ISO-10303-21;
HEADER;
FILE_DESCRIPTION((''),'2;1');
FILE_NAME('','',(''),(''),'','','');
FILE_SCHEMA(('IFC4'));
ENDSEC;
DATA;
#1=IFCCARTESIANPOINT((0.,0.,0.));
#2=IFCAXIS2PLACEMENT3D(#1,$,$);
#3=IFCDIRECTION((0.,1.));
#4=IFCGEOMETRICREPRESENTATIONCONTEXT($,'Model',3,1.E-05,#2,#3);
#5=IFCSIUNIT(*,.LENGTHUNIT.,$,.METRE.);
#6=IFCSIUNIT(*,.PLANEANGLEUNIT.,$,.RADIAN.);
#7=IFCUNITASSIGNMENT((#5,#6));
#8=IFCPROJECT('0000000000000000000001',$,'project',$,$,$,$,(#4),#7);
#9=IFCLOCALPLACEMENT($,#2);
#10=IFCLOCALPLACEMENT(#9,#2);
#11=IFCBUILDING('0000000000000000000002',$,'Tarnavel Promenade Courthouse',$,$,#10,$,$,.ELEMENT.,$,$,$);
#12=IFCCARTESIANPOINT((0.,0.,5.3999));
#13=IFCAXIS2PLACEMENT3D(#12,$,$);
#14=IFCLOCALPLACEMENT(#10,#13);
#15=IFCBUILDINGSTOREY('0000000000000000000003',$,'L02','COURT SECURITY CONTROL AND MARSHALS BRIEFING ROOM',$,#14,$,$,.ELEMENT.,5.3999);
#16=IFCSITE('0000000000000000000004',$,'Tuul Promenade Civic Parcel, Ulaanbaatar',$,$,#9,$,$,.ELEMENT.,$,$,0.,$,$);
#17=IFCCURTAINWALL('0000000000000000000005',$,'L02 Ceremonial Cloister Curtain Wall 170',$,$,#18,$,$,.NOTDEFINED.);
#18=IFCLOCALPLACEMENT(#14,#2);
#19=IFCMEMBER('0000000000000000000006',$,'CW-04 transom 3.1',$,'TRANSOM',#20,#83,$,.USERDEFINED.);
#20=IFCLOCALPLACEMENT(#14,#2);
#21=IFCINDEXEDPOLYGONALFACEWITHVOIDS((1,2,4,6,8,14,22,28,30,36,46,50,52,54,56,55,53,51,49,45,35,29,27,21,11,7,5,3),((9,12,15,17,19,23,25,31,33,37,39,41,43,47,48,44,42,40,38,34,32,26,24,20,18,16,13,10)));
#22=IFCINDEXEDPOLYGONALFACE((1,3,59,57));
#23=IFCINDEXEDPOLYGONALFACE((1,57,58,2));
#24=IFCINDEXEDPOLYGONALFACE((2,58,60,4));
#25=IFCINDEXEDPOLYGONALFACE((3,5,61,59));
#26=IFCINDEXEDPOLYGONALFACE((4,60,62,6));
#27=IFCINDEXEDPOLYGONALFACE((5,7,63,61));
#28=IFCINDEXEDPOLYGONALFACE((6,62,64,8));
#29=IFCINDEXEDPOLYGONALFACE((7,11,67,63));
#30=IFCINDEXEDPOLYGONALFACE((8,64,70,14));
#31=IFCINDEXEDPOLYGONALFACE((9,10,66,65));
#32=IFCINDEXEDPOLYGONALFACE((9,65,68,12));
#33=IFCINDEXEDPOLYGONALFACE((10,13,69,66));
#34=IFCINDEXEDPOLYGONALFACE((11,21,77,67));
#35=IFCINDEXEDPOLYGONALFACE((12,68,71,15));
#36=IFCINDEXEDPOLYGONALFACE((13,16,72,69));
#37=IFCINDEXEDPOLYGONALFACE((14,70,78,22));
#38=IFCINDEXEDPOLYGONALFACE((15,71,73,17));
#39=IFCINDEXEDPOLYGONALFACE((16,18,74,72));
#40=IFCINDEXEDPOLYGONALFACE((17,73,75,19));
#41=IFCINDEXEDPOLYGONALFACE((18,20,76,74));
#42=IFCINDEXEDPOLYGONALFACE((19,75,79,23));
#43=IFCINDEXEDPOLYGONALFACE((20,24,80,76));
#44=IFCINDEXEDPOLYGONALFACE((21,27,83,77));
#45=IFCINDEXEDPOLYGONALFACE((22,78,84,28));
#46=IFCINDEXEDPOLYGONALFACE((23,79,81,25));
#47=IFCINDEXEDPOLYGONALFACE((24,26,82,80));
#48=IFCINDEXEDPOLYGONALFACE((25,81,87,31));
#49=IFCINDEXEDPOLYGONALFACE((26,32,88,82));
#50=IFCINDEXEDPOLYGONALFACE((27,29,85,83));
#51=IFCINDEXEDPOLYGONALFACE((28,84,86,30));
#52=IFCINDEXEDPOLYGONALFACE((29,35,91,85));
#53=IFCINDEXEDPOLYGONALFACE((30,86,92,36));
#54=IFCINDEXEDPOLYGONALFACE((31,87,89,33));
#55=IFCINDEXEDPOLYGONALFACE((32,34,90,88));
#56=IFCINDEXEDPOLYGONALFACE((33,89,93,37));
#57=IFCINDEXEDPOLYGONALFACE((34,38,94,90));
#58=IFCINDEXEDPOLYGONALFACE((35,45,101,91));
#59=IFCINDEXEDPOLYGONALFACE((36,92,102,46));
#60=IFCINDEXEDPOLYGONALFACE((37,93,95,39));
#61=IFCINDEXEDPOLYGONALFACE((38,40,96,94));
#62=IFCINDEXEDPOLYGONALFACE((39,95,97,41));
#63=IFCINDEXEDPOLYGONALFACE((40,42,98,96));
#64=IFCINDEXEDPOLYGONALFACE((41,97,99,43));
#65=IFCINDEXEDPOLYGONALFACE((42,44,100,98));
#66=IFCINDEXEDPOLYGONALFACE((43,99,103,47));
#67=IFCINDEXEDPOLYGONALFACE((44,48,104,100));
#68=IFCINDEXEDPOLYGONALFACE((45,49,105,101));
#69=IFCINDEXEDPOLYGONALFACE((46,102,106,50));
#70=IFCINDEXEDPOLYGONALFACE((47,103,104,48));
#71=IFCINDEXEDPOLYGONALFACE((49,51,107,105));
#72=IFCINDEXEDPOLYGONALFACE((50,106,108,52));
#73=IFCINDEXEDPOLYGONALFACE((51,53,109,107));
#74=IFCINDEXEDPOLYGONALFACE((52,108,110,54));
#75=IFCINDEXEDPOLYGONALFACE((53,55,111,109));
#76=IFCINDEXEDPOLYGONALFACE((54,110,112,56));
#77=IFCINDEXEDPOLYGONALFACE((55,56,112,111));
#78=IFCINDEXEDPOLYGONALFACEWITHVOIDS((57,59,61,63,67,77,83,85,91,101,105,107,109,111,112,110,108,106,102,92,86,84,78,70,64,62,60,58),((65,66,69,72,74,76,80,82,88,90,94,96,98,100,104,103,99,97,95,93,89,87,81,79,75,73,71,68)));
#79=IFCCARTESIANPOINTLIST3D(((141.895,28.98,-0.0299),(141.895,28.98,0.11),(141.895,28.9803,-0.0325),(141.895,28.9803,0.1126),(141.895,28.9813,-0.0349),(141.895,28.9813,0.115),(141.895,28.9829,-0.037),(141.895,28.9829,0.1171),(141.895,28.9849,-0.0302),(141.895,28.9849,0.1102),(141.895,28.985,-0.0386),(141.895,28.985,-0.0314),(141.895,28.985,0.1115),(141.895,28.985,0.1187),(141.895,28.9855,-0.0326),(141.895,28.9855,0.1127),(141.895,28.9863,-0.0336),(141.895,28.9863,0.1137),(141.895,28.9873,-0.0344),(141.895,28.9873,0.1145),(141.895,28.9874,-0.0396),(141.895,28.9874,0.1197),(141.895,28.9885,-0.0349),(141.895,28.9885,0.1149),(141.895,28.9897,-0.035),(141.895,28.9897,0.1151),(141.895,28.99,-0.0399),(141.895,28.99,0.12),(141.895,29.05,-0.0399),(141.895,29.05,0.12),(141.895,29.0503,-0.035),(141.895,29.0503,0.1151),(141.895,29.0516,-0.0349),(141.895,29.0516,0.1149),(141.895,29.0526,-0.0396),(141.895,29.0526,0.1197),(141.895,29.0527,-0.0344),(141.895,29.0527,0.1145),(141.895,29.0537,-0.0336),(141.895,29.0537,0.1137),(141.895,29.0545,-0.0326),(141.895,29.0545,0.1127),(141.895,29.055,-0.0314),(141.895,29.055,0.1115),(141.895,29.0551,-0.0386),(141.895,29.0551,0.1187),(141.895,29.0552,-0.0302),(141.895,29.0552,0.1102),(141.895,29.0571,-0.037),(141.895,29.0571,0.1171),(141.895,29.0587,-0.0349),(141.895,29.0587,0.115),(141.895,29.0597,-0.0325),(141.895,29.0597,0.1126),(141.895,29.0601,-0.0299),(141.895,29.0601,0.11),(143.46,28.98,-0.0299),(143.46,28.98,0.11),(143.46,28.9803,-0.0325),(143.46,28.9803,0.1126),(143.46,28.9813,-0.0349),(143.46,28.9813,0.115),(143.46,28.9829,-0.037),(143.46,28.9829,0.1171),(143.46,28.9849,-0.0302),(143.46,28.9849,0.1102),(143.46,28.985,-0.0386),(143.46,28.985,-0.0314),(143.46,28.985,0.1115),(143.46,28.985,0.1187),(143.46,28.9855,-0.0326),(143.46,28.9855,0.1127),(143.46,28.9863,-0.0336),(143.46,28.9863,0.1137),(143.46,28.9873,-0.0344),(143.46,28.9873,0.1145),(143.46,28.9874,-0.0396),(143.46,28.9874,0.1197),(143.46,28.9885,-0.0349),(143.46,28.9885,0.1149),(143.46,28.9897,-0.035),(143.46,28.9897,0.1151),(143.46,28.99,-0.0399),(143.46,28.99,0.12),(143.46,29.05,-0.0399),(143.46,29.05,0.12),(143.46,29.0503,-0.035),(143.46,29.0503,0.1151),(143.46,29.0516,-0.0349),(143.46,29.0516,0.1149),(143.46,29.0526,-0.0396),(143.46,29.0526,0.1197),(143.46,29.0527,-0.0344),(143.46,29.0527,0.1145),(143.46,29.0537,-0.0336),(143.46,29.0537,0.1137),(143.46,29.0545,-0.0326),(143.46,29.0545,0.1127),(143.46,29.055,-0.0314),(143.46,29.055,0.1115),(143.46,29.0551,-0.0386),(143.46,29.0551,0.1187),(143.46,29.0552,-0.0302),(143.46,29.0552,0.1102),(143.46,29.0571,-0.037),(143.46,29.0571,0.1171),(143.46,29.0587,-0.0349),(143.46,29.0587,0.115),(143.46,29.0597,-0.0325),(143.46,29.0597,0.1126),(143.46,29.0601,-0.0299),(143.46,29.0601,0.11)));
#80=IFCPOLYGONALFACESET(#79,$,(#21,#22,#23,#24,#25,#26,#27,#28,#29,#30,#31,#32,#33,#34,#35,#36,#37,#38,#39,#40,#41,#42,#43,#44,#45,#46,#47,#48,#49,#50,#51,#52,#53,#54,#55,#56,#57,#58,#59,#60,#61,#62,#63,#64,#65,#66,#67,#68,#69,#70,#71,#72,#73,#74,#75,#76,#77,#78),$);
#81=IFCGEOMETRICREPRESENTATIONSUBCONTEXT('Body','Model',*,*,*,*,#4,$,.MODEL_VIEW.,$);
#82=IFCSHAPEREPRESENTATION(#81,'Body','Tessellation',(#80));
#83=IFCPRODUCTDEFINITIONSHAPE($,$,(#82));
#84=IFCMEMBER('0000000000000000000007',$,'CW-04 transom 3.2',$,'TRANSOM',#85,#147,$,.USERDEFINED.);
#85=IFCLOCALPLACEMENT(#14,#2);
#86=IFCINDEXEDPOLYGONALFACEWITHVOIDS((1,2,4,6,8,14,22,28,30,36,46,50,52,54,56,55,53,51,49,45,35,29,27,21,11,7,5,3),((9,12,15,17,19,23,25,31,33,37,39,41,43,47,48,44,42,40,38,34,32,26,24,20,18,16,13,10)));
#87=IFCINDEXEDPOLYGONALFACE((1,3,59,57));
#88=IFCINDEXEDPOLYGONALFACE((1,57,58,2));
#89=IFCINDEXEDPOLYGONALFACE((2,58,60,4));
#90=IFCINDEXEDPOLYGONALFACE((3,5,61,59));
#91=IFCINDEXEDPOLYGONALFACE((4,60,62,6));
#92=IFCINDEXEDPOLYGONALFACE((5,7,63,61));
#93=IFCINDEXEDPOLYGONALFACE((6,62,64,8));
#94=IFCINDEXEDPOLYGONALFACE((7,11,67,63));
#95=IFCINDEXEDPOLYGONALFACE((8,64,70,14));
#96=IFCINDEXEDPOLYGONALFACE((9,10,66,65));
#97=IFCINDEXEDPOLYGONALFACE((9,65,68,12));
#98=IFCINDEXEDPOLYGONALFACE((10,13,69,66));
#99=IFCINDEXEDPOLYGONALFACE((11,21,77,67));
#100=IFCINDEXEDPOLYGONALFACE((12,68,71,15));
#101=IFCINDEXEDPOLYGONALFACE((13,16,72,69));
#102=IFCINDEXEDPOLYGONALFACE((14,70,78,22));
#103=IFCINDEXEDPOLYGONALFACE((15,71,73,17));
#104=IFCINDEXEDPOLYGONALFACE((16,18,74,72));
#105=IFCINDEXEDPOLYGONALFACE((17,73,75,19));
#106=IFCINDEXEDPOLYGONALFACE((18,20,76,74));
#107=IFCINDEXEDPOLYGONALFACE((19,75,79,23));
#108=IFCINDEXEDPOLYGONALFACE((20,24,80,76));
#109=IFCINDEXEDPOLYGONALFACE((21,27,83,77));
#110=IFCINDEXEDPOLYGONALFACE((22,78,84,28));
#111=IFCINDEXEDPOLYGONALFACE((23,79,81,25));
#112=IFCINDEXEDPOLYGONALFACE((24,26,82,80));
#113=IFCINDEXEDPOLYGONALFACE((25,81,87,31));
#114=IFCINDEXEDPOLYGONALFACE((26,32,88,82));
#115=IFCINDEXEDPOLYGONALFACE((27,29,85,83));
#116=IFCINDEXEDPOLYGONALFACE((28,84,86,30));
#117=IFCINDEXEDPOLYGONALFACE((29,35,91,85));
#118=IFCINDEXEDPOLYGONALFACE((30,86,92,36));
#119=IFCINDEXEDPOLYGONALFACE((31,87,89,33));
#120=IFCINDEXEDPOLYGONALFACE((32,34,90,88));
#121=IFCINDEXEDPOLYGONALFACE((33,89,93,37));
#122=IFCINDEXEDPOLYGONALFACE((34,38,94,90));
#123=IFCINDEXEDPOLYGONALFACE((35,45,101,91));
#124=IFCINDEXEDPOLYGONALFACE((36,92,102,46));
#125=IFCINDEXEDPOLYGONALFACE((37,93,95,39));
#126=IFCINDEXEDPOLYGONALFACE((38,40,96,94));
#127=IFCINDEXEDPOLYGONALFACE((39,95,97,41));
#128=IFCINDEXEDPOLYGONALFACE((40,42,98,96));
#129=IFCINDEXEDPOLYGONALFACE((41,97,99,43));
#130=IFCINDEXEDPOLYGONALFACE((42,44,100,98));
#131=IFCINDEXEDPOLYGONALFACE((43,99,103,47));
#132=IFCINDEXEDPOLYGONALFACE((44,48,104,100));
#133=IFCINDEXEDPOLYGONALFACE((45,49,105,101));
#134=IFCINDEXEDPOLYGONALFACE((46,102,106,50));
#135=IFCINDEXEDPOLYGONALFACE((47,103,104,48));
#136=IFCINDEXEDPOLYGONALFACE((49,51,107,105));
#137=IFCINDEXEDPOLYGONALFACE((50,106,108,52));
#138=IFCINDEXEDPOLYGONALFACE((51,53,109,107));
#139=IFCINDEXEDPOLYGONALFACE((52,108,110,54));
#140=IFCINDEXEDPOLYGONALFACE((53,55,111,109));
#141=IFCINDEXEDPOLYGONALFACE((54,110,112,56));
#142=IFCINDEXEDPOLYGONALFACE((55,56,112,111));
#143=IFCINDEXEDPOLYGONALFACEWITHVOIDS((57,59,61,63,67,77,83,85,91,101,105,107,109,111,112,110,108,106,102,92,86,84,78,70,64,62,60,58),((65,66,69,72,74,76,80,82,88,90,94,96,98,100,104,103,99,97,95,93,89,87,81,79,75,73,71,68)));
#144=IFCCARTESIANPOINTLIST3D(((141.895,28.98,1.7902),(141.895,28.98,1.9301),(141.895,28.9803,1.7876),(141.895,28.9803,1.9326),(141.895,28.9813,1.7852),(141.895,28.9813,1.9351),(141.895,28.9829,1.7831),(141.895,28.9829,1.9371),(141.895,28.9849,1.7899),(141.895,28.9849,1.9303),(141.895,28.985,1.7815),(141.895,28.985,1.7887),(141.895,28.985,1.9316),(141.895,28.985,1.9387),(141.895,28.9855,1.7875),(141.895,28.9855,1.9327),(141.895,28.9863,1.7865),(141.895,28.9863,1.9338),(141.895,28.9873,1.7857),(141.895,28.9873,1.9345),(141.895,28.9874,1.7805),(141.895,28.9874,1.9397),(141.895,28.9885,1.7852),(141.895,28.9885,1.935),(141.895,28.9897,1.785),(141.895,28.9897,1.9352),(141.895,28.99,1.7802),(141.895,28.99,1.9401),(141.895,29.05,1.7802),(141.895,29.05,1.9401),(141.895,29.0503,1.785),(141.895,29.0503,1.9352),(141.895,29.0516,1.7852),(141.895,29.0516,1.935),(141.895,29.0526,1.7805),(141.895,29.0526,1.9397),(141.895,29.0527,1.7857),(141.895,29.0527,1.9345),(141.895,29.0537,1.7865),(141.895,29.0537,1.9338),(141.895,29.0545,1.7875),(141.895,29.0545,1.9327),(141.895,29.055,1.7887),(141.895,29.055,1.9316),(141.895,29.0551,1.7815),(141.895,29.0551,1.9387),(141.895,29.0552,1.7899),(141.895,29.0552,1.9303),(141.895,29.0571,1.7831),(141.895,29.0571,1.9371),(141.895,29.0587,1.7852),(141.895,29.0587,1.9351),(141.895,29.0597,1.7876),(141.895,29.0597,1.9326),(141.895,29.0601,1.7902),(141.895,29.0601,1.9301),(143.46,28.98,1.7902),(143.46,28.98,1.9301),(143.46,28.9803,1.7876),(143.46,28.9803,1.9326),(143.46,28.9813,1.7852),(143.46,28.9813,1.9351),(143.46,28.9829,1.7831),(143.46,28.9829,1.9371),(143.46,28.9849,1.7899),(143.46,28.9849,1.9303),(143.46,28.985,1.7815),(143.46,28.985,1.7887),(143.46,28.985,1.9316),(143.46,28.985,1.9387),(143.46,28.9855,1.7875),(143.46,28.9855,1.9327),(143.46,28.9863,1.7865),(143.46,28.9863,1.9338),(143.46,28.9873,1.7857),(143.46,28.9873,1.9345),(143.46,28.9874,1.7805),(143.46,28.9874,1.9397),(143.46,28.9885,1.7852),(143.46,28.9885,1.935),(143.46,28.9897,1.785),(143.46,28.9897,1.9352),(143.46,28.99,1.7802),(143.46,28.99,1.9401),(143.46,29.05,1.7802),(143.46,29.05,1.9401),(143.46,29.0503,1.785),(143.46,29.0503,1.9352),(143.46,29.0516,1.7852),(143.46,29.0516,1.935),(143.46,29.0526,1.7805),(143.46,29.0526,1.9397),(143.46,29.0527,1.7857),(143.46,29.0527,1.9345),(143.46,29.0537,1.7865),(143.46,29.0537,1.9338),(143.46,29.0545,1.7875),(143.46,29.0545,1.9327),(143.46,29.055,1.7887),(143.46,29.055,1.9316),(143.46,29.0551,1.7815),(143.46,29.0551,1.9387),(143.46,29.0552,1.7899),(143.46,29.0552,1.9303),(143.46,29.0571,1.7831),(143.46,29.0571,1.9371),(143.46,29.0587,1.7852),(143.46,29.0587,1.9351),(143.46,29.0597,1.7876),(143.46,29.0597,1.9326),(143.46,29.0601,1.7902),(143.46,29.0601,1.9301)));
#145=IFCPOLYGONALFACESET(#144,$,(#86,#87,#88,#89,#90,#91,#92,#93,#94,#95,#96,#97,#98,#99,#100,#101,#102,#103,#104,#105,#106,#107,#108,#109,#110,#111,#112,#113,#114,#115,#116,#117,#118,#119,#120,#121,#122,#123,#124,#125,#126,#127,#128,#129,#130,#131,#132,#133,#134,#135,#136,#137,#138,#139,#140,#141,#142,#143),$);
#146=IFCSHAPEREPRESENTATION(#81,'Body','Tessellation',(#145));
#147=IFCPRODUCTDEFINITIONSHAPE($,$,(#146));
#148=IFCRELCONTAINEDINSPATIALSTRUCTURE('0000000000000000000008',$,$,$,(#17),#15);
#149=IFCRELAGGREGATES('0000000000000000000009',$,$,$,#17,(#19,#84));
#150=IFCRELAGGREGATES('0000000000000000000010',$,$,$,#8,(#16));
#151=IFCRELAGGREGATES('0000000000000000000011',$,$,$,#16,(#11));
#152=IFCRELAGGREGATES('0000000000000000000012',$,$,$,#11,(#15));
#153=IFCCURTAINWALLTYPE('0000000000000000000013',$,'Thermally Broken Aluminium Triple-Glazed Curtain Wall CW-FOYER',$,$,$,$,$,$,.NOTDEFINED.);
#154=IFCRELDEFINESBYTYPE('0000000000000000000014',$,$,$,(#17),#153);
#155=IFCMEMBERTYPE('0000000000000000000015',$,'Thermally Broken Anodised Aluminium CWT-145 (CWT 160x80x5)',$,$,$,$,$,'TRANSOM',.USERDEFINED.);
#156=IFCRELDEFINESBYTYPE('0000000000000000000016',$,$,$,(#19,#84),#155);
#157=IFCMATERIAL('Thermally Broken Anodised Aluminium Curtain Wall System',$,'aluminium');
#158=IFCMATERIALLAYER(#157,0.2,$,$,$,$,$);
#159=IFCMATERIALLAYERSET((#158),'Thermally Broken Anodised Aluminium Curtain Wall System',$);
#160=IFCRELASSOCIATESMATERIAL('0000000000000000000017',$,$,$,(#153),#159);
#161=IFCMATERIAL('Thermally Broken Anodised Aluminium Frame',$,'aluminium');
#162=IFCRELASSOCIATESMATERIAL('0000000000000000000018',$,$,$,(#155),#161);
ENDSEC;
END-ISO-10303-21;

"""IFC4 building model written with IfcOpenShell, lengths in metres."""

from ifc_helpers import new_model, si_unit, direction, frame, origin, origin_2d, place, context, subcontext, project, spatial, hollow_rectangle, extrude, material, layer, layer_set, material_profile, profile_set, type_object, element, aggregate, save


model = new_model("IFC4")

# Units and contexts
model_context = context("Model", 3, precision=1e-05, world=origin(), true_north=direction((0.0, 1.0)))
body_context = subcontext(model_context, "Body", "Model", "MODEL_VIEW")
ifc_project = project(units=[si_unit("LENGTHUNIT", "METRE"), si_unit("PLANEANGLEUNIT", "RADIAN")], contexts=[model_context])

# Site, building, storey
site_placement = place(None, origin())
site = spatial("IfcSite", under=ifc_project, at=site_placement, Name="Tuul Promenade Civic Parcel, Ulaanbaatar", CompositionType="ELEMENT", RefElevation=0.0)
building_placement = place(site_placement, origin())
building = spatial("IfcBuilding", under=site, at=building_placement, Name="Tarnavel Promenade Courthouse", CompositionType="ELEMENT")
storey_placement = place(building_placement, frame((0.0, 0.0, 5.3999)))
storey = spatial("IfcBuildingStorey", under=building, at=storey_placement, Name="L02", Description="COURT SECURITY CONTROL AND MARSHALS BRIEFING ROOM", CompositionType="ELEMENT", Elevation=5.3999)

# Curtain wall
ifc_material_1 = material(Name="Thermally Broken Anodised Aluminium Curtain Wall System", Category="aluminium")
ifc_layer_1 = layer(ifc_material_1, 0.2)
ifc_layer_set_1 = layer_set([ifc_layer_1], Name="Thermally Broken Anodised Aluminium Curtain Wall System")
curtain_wall_type = type_object("IfcCurtainWallType", Name="Thermally Broken Aluminium Triple-Glazed Curtain Wall CW-FOYER", PredefinedType="NOTDEFINED", material=ifc_layer_set_1)
curtain_wall_1_placement = place(storey_placement, origin())
curtain_wall_1 = element("IfcCurtainWall", 1, at=curtain_wall_1_placement, inside=storey, type_object=curtain_wall_type, Name="L02 Ceremonial Cloister Curtain Wall 170", PredefinedType="NOTDEFINED")
ifc_material_2 = material(Name="Thermally Broken Anodised Aluminium Frame", Category="aluminium")

# Members
ifc_material_profile_1 = material_profile(ifc_material_2, hollow_rectangle(XDim=0.0801, YDim=0.1599, WallThickness=0.0049, InnerFilletRadius=0.0049, OuterFilletRadius=0.01, at=origin_2d()), Name="CWT 160x80x5")
ifc_profile_set_1 = profile_set([ifc_material_profile_1], Name="Thermally Broken Anodised Aluminium Frame")
member_type_1 = type_object("IfcMemberType", Name="Thermally Broken Anodised Aluminium CWT-145 (CWT 160x80x5)", ElementType="TRANSOM", PredefinedType="USERDEFINED", material=ifc_profile_set_1)
member_1_placement = place(storey_placement, frame((141.895, 29.02, 0.04), z_axis=(1.0, 0.0, 0.0), x_axis=(0.0, 1.0, 0.0)))
member_1 = element("IfcMember", 2, at=member_1_placement, type_object=member_type_1, Name="CW-04 transom 3.1", ObjectType="TRANSOM", PredefinedType="USERDEFINED", context=body_context, shape_type="SweptSolid", body=[
    extrude(hollow_rectangle(XDim=0.0801, YDim=0.1599, WallThickness=0.0049, InnerFilletRadius=0.0049, OuterFilletRadius=0.01, at=origin_2d()), origin(), (0.0, 0.0, 1.0), 1.5649),
])
member_2_placement = place(storey_placement, frame((141.895, 29.02, 1.8601), z_axis=(1.0, 0.0, 0.0), x_axis=(0.0, 1.0, 0.0)))
member_2 = element("IfcMember", 3, at=member_2_placement, type_object=member_type_1, Name="CW-04 transom 3.2", ObjectType="TRANSOM", PredefinedType="USERDEFINED", context=body_context, shape_type="SweptSolid", body=[
    extrude(hollow_rectangle(XDim=0.0801, YDim=0.1599, WallThickness=0.0049, InnerFilletRadius=0.0049, OuterFilletRadius=0.01, at=origin_2d()), origin(), (0.0, 0.0, 1.0), 1.5649),
])

aggregate(curtain_wall_1, [member_1, member_2])

save(model, "model.ifc")
